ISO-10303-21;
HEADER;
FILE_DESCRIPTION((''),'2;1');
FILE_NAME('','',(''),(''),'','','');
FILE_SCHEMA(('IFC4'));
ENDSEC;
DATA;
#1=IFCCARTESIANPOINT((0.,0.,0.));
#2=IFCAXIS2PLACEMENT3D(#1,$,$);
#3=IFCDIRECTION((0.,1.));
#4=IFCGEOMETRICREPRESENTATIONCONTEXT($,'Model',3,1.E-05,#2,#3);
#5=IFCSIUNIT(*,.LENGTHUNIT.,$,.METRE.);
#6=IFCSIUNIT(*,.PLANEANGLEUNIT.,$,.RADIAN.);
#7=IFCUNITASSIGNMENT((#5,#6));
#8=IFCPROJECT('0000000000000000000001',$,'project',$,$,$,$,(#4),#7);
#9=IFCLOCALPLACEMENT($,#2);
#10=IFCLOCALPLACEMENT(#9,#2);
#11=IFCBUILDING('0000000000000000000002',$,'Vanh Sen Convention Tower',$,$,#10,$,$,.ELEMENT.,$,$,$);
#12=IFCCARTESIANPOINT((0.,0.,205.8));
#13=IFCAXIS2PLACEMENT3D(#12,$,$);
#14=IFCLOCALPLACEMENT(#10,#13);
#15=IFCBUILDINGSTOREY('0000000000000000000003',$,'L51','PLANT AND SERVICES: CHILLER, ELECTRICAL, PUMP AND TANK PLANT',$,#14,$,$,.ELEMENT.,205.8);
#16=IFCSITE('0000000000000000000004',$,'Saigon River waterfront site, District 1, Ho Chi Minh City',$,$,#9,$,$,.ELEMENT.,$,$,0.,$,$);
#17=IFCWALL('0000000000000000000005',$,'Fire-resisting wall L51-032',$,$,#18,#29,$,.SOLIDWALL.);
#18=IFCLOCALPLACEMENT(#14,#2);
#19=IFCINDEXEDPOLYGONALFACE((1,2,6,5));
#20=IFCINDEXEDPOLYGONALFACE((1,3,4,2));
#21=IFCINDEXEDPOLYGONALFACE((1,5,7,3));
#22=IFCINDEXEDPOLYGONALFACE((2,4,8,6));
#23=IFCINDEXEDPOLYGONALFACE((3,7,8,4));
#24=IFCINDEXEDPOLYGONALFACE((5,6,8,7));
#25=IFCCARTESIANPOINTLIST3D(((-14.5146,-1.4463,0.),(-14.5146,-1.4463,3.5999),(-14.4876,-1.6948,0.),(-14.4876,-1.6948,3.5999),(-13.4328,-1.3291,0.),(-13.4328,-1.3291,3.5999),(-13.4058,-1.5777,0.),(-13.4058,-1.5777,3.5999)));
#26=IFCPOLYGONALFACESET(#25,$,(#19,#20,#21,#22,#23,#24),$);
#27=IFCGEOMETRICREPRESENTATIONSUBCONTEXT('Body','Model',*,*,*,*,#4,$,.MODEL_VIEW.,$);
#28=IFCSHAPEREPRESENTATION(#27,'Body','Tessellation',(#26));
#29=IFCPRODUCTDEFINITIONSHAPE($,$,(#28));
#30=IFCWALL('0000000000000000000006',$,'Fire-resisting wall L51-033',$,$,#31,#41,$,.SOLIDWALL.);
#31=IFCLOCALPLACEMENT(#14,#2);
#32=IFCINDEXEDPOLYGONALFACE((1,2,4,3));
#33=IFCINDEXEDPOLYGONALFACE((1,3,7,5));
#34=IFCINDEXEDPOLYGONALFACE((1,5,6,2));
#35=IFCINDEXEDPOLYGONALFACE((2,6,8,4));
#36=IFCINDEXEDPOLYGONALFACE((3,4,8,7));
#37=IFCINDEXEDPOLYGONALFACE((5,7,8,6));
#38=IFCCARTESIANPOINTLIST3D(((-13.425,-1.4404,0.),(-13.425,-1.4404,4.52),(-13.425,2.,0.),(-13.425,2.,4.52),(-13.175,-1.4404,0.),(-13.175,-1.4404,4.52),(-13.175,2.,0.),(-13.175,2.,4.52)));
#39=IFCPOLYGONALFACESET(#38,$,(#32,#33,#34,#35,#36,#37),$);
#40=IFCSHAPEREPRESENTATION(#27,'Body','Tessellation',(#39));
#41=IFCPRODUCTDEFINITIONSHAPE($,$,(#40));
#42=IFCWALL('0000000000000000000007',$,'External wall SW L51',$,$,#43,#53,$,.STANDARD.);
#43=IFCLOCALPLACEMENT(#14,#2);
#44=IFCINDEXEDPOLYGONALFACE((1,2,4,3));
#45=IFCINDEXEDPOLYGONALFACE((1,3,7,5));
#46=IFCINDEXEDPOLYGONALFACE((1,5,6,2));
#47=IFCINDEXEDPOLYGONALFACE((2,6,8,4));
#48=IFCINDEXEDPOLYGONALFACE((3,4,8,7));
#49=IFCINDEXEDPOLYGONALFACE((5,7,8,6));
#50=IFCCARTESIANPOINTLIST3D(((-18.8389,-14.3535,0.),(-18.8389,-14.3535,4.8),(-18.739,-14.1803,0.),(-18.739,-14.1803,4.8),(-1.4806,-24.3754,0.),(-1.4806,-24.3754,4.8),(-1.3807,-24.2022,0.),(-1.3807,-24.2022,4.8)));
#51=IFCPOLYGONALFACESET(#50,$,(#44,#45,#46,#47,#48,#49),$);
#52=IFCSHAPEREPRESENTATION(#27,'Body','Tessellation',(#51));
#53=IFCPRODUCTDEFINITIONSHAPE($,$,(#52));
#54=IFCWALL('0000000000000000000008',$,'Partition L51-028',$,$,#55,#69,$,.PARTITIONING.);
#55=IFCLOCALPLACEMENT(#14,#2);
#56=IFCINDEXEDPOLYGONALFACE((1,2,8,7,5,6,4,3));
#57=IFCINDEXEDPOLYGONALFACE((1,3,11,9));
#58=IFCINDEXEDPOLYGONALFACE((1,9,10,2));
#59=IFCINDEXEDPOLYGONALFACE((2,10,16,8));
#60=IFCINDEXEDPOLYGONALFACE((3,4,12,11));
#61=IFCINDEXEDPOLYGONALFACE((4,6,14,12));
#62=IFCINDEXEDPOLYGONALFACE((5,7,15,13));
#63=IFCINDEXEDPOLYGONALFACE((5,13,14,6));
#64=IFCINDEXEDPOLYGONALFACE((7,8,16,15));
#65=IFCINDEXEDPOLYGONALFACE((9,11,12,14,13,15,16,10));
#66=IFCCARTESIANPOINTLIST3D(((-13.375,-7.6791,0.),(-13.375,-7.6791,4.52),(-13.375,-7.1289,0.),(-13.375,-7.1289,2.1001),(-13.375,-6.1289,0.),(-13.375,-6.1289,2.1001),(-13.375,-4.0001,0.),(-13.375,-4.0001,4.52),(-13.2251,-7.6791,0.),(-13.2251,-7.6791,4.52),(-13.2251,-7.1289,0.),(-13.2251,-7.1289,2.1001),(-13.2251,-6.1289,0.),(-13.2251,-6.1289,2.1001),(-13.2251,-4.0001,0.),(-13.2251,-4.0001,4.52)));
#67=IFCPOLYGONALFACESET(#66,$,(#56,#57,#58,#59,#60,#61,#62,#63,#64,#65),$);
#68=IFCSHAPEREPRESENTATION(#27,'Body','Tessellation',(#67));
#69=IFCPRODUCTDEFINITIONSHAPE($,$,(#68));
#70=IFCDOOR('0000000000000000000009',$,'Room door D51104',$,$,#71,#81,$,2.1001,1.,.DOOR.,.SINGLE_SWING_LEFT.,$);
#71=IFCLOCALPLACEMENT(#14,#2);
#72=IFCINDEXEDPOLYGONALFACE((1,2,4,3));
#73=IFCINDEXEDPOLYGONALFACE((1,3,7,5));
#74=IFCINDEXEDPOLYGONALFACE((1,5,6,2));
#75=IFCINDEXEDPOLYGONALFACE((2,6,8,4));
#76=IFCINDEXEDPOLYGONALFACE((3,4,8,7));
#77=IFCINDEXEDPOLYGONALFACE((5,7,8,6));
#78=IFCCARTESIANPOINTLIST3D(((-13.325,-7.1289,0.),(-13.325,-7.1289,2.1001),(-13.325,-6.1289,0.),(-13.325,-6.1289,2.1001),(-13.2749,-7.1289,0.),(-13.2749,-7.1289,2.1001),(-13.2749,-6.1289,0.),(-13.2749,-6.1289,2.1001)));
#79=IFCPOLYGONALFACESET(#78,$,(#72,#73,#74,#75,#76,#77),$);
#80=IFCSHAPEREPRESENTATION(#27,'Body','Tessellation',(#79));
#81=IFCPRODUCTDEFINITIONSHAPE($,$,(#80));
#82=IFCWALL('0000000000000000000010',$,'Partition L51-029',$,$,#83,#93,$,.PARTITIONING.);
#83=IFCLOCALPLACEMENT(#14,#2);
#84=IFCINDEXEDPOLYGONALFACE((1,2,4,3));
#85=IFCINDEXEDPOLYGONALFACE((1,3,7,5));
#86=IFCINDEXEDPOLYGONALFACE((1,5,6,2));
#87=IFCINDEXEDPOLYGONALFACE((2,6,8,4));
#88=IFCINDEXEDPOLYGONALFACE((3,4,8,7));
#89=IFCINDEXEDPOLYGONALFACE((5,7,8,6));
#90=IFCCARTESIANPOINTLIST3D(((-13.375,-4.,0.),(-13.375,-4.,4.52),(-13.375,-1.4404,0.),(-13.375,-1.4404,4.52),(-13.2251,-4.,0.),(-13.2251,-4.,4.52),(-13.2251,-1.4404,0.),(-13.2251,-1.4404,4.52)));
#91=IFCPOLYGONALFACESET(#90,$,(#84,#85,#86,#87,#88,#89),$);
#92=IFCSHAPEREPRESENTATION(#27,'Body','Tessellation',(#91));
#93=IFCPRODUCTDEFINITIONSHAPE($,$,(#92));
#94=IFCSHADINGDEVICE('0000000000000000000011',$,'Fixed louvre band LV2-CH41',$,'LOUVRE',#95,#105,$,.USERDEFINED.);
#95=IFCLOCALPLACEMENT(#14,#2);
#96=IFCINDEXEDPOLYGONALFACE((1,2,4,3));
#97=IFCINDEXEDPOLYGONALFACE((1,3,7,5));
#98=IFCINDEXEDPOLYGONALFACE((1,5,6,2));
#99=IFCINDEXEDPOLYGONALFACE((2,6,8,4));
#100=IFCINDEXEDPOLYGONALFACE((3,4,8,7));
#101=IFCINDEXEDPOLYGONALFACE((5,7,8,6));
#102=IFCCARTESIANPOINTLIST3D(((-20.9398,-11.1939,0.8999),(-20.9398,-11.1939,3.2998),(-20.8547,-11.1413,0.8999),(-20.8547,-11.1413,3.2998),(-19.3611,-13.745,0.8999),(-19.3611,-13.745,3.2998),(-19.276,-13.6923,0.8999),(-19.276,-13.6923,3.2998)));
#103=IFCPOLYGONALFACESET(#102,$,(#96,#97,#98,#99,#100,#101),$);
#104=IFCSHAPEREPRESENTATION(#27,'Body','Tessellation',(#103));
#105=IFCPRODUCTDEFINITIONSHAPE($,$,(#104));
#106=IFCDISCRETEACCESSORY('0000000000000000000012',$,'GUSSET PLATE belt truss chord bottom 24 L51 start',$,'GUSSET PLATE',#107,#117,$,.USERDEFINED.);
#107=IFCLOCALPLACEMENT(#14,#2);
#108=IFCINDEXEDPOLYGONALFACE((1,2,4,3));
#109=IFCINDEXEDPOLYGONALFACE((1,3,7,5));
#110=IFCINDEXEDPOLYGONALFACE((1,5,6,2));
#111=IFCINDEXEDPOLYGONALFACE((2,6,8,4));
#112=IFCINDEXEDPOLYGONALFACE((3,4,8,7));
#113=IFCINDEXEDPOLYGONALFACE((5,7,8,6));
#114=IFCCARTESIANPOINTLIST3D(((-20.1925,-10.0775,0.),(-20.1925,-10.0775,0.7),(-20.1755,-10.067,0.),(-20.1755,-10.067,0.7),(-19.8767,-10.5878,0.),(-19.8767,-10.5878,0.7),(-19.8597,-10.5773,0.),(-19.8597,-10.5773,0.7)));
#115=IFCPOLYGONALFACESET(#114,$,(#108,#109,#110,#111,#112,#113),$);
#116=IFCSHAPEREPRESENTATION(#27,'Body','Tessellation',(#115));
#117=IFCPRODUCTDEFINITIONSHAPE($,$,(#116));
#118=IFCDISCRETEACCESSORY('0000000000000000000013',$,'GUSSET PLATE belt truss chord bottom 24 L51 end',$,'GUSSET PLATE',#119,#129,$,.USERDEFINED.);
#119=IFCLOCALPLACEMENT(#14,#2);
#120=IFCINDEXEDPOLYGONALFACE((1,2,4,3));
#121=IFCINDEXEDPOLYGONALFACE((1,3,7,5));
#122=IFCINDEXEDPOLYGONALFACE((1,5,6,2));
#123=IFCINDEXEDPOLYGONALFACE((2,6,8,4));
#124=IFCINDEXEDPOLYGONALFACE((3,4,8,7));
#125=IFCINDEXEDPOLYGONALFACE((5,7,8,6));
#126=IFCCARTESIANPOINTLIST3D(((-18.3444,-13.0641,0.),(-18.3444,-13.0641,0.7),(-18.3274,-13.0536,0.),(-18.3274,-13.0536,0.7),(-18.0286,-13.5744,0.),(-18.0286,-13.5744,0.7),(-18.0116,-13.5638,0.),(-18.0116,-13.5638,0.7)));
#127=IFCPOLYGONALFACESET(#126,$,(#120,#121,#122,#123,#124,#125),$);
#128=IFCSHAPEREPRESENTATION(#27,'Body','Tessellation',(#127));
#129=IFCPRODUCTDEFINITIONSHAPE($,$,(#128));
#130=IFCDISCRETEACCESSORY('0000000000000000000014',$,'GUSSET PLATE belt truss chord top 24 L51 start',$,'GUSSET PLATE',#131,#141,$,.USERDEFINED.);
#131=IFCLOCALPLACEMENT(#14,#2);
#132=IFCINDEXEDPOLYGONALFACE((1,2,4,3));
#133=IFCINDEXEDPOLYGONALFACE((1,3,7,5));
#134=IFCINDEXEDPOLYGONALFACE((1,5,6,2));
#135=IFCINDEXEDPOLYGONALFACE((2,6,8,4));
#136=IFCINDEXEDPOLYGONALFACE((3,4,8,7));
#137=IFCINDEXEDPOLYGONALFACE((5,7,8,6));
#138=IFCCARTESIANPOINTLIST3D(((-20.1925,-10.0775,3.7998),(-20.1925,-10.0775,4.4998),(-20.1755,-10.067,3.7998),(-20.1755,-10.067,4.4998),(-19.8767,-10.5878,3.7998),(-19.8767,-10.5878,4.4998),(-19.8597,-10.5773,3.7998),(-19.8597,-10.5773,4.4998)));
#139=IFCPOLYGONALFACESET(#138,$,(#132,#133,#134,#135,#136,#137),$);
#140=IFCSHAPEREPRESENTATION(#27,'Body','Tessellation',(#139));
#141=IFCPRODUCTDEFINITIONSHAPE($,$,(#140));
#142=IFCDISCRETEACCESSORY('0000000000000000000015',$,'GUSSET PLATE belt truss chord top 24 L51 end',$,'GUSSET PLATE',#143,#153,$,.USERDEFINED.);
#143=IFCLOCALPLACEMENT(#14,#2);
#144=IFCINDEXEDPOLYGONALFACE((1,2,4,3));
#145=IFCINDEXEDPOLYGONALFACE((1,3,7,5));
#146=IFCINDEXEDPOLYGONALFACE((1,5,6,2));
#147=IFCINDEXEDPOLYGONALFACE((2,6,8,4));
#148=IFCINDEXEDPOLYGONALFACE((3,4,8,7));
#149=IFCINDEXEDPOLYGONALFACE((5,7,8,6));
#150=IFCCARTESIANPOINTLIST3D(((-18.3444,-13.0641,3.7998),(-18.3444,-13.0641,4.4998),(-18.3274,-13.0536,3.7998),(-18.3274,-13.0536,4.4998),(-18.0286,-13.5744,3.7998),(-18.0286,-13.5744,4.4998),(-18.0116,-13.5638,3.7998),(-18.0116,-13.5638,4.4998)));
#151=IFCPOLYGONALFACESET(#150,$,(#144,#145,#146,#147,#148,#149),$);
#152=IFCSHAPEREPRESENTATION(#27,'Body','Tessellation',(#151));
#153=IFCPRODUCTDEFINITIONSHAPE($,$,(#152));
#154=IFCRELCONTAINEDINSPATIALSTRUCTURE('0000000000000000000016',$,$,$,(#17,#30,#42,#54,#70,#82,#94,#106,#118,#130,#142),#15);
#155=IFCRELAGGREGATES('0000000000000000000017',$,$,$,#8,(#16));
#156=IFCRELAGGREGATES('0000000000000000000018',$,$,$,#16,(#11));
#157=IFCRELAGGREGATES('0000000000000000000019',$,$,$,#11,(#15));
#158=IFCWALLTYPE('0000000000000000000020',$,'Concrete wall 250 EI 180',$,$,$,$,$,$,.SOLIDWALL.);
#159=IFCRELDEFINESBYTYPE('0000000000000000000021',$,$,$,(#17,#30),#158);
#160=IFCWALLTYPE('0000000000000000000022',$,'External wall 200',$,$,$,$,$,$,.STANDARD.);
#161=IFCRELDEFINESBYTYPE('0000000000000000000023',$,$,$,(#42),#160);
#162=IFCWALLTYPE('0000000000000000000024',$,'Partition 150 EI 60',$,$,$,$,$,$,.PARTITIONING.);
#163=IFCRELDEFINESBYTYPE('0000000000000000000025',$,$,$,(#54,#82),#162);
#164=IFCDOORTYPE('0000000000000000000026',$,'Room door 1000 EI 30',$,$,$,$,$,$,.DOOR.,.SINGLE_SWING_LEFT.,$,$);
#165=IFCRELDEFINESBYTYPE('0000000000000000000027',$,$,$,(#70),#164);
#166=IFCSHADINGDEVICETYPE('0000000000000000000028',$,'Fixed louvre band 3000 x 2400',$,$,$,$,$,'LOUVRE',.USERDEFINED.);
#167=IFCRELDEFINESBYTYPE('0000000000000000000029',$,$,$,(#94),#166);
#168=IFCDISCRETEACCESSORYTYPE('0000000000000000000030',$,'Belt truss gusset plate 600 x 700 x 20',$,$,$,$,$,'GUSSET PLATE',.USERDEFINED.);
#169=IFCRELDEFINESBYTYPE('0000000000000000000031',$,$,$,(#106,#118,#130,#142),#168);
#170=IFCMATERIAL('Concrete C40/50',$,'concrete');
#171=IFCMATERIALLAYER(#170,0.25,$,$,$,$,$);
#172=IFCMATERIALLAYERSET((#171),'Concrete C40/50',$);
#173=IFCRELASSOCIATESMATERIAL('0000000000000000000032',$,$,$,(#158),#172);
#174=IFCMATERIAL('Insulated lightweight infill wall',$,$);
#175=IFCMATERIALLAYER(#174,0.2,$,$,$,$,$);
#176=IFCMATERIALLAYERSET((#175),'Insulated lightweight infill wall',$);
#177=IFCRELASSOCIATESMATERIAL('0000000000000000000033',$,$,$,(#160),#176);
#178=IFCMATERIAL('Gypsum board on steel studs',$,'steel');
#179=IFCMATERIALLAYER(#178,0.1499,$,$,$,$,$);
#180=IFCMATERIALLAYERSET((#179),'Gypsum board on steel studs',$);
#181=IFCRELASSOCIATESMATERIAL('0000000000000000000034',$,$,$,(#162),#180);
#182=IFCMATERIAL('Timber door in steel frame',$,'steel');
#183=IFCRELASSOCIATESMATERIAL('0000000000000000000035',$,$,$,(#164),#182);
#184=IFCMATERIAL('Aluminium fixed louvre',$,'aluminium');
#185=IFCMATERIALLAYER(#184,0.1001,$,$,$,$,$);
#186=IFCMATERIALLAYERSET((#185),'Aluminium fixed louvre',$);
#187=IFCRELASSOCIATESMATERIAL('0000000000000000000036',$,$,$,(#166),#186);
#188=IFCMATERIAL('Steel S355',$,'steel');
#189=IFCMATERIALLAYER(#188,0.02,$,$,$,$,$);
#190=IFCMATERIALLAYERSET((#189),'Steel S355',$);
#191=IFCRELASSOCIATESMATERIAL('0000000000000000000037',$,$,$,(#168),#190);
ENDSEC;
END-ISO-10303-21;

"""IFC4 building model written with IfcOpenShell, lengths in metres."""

from ifc_helpers import new_model, si_unit, direction, frame, frame_2d, origin, origin_2d, place, context, subcontext, project, spatial, rectangle, extrude, material, layer, layer_set, type_object, element, fill, save


model = new_model("IFC4")

# Units and contexts
model_context = context("Model", 3, precision=1e-05, world=origin(), true_north=direction((0.0, 1.0)))
body_context = subcontext(model_context, "Body", "Model", "MODEL_VIEW")
ifc_project = project(units=[si_unit("LENGTHUNIT", "METRE"), si_unit("PLANEANGLEUNIT", "RADIAN")], contexts=[model_context])

# Site, building, storey
site_placement = place(None, origin())
site = spatial("IfcSite", under=ifc_project, at=site_placement, Name="Saigon River waterfront site, District 1, Ho Chi Minh City", CompositionType="ELEMENT", RefElevation=0.0)
building_placement = place(site_placement, origin())
building = spatial("IfcBuilding", under=site, at=building_placement, Name="Vanh Sen Convention Tower", CompositionType="ELEMENT")
storey_placement = place(building_placement, frame((0.0, 0.0, 205.8)))
storey = spatial("IfcBuildingStorey", under=building, at=storey_placement, Name="L51", Description="PLANT AND SERVICES: CHILLER, ELECTRICAL, PUMP AND TANK PLANT", CompositionType="ELEMENT", Elevation=205.8)

# Shared definitions
ifc_material_1 = material(Name="Steel S355", Category="steel")

# Walls
ifc_material_2 = material(Name="Concrete C40/50", Category="concrete")
ifc_layer_1 = layer(ifc_material_2, 0.25)
ifc_layer_set_1 = layer_set([ifc_layer_1], Name="Concrete C40/50")
wall_type_1 = type_object("IfcWallType", Name="Concrete wall 250 EI 180", PredefinedType="SOLIDWALL", material=ifc_layer_set_1)
wall_1_placement = place(storey_placement, frame((-14.501, -1.5706, 0.0), z_axis=(0.0, 0.0, 1.0), x_axis=(0.994184, 0.107698, 0.0)))
element("IfcWall", 1, at=wall_1_placement, inside=storey, type_object=wall_type_1, Name="Fire-resisting wall L51-032", PredefinedType="SOLIDWALL", context=body_context, shape_type="SweptSolid", body=[
    extrude(rectangle(XDim=1.0881, YDim=0.25, at=frame_2d((0.5439, 0.0))), origin(), (0.0, 0.0, 1.0), 3.5999),
])
wall_2_placement = place(storey_placement, frame((-13.3, -1.4404, 0.0), z_axis=(0.0, 0.0, 1.0), x_axis=(0.0, 1.0, 0.0)))
element("IfcWall", 2, at=wall_2_placement, inside=storey, type_object=wall_type_1, Name="Fire-resisting wall L51-033", PredefinedType="SOLIDWALL", context=body_context, shape_type="SweptSolid", body=[
    extrude(rectangle(XDim=3.4404, YDim=0.25, at=frame_2d((1.7202, 0.0))), origin(), (0.0, 0.0, 1.0), 4.52),
])
ifc_material_3 = material(Name="Insulated lightweight infill wall")
ifc_layer_2 = layer(ifc_material_3, 0.2)
ifc_layer_set_2 = layer_set([ifc_layer_2], Name="Insulated lightweight infill wall")
wall_type_2 = type_object("IfcWallType", Name="External wall 200", PredefinedType="STANDARD", material=ifc_layer_set_2)
wall_3_placement = place(storey_placement, frame((-18.7891, -14.2668, 0.0), z_axis=(0.0, 0.0, 1.0), x_axis=(0.866023, -0.500004, 0.0)))
element("IfcWall", 3, at=wall_3_placement, inside=storey, type_object=wall_type_2, Name="External wall SW L51", PredefinedType="STANDARD", context=body_context, shape_type="SweptSolid", body=[
    extrude(rectangle(XDim=20.0437, YDim=0.2, at=frame_2d((10.022, 0.0))), origin(), (0.0, 0.0, 1.0), 4.8),
])

# Wall, opening, door
ifc_material_4 = material(Name="Gypsum board on steel studs", Category="steel")
ifc_layer_3 = layer(ifc_material_4, 0.1499)
ifc_layer_set_3 = layer_set([ifc_layer_3], Name="Gypsum board on steel studs")
wall_type_3 = type_object("IfcWallType", Name="Partition 150 EI 60", PredefinedType="PARTITIONING", material=ifc_layer_set_3)
wall_4_placement = place(storey_placement, frame((-13.3, -7.679, 0.0), z_axis=(0.0, 0.0, 1.0), x_axis=(0.0, 1.0, 0.0)))
wall_4 = element("IfcWall", 4, at=wall_4_placement, inside=storey, type_object=wall_type_3, Name="Partition L51-028", PredefinedType="PARTITIONING", context=body_context, shape_type="SweptSolid", body=[
    extrude(rectangle(XDim=3.679, YDim=0.1499, at=frame_2d((1.8394, 0.0))), origin(), (0.0, 0.0, 1.0), 4.52),
])
opening_placement = place(wall_4_placement, frame((0.55, 0.0, 0.0)))
opening = element("IfcOpeningElement", 5, at=opening_placement, cuts=wall_4, PredefinedType="OPENING", context=body_context, shape_type="SweptSolid", body=[
    extrude(rectangle(XDim=1.0, YDim=2.1001, at=frame_2d((0.5, 1.05))), frame((0.0, 0.085, 0.0), z_axis=(0.0, -1.0, 0.0), x_axis=(1.0, 0.0, 0.0)), (0.0, 0.0, 1.0), 0.1699),
])
ifc_material_5 = material(Name="Timber door in steel frame", Category="steel")
door_type = type_object("IfcDoorType", Name="Room door 1000 EI 30", OperationType="SINGLE_SWING_LEFT", PredefinedType="DOOR", material=ifc_material_5)
door_placement = place(opening_placement, origin())
door = element("IfcDoor", 6, at=door_placement, inside=storey, type_object=door_type, Name="Room door D51104", OperationType="SINGLE_SWING_LEFT", OverallHeight=2.1001, OverallWidth=1.0, PredefinedType="DOOR", context=body_context, shape_type="SweptSolid", body=[
    extrude(rectangle(XDim=1.0, YDim=2.1001, at=frame_2d((0.5, 1.05))), frame((0.0, 0.0249, 0.0), z_axis=(0.0, -1.0, 0.0), x_axis=(1.0, 0.0, 0.0)), (0.0, 0.0, 1.0), 0.05),
])
fill(opening, door)

# Wall
wall_5_placement = place(storey_placement, frame((-13.3, -4.0, 0.0), z_axis=(0.0, 0.0, 1.0), x_axis=(0.0, 1.0, 0.0)))
element("IfcWall", 7, at=wall_5_placement, inside=storey, type_object=wall_type_3, Name="Partition L51-029", PredefinedType="PARTITIONING", context=body_context, shape_type="SweptSolid", body=[
    extrude(rectangle(XDim=2.5596, YDim=0.1499, at=frame_2d((1.2798, 0.0))), origin(), (0.0, 0.0, 1.0), 4.52),
])

# Shading device
ifc_material_6 = material(Name="Aluminium fixed louvre", Category="aluminium")
ifc_layer_4 = layer(ifc_material_6, 0.1001)
ifc_layer_set_4 = layer_set([ifc_layer_4], Name="Aluminium fixed louvre")
shading_device_type = type_object("IfcShadingDeviceType", Name="Fixed louvre band 3000 x 2400", ElementType="LOUVRE", PredefinedType="USERDEFINED", material=ifc_layer_set_4)
shading_device_placement = place(storey_placement, frame((-20.1079, -12.4431, 0.8999), z_axis=(0.0, 0.0, 1.0), x_axis=(0.526226, -0.850345, 0.0)))
element("IfcShadingDevice", 8, at=shading_device_placement, inside=storey, type_object=shading_device_type, Name="Fixed louvre band LV2-CH41", ObjectType="LOUVRE", PredefinedType="USERDEFINED", context=body_context, shape_type="SweptSolid", body=[
    extrude(rectangle(XDim=3.0, YDim=0.1001, at=origin_2d()), origin(), (0.0, 0.0, 1.0), 2.3999),
])

# Discrete accessories
ifc_layer_5 = layer(ifc_material_1, 0.02)
ifc_layer_set_5 = layer_set([ifc_layer_5], Name="Steel S355")
discrete_accessory_type = type_object("IfcDiscreteAccessoryType", Name="Belt truss gusset plate 600 x 700 x 20", ElementType="GUSSET PLATE", PredefinedType="USERDEFINED", material=ifc_layer_set_5)
for number, where, z_axis, x_axis, name in (
    (9, (-20.0261, -10.3274, 0.0), (0.0, 0.0, 1.0), (0.52622, -0.850349, 0.0), "GUSSET PLATE belt truss chord bottom 24 L51 start"),
    (10, (-18.178, -13.314, 0.0), (0.0, 0.0, 1.0), (-0.52622, 0.850349, 0.0), "GUSSET PLATE belt truss chord bottom 24 L51 end"),
    (11, (-20.0261, -10.3274, 3.7998), (0.0, 0.0, 1.0), (0.52622, -0.850349, 0.0), "GUSSET PLATE belt truss chord top 24 L51 start"),
    (12, (-18.178, -13.314, 3.7998), (0.0, 0.0, 1.0), (-0.52622, 0.850349, 0.0), "GUSSET PLATE belt truss chord top 24 L51 end"),
):
    element("IfcDiscreteAccessory", number, at=place(storey_placement, frame(where, z_axis=z_axis, x_axis=x_axis)), inside=storey, type_object=discrete_accessory_type, Name=name, ObjectType="GUSSET PLATE", PredefinedType="USERDEFINED", context=body_context, shape_type="SweptSolid", body=[
        extrude(rectangle(XDim=0.6001, YDim=0.02, at=origin_2d()), origin(), (0.0, 0.0, 1.0), 0.7),
    ])

save(model, "model.ifc")
